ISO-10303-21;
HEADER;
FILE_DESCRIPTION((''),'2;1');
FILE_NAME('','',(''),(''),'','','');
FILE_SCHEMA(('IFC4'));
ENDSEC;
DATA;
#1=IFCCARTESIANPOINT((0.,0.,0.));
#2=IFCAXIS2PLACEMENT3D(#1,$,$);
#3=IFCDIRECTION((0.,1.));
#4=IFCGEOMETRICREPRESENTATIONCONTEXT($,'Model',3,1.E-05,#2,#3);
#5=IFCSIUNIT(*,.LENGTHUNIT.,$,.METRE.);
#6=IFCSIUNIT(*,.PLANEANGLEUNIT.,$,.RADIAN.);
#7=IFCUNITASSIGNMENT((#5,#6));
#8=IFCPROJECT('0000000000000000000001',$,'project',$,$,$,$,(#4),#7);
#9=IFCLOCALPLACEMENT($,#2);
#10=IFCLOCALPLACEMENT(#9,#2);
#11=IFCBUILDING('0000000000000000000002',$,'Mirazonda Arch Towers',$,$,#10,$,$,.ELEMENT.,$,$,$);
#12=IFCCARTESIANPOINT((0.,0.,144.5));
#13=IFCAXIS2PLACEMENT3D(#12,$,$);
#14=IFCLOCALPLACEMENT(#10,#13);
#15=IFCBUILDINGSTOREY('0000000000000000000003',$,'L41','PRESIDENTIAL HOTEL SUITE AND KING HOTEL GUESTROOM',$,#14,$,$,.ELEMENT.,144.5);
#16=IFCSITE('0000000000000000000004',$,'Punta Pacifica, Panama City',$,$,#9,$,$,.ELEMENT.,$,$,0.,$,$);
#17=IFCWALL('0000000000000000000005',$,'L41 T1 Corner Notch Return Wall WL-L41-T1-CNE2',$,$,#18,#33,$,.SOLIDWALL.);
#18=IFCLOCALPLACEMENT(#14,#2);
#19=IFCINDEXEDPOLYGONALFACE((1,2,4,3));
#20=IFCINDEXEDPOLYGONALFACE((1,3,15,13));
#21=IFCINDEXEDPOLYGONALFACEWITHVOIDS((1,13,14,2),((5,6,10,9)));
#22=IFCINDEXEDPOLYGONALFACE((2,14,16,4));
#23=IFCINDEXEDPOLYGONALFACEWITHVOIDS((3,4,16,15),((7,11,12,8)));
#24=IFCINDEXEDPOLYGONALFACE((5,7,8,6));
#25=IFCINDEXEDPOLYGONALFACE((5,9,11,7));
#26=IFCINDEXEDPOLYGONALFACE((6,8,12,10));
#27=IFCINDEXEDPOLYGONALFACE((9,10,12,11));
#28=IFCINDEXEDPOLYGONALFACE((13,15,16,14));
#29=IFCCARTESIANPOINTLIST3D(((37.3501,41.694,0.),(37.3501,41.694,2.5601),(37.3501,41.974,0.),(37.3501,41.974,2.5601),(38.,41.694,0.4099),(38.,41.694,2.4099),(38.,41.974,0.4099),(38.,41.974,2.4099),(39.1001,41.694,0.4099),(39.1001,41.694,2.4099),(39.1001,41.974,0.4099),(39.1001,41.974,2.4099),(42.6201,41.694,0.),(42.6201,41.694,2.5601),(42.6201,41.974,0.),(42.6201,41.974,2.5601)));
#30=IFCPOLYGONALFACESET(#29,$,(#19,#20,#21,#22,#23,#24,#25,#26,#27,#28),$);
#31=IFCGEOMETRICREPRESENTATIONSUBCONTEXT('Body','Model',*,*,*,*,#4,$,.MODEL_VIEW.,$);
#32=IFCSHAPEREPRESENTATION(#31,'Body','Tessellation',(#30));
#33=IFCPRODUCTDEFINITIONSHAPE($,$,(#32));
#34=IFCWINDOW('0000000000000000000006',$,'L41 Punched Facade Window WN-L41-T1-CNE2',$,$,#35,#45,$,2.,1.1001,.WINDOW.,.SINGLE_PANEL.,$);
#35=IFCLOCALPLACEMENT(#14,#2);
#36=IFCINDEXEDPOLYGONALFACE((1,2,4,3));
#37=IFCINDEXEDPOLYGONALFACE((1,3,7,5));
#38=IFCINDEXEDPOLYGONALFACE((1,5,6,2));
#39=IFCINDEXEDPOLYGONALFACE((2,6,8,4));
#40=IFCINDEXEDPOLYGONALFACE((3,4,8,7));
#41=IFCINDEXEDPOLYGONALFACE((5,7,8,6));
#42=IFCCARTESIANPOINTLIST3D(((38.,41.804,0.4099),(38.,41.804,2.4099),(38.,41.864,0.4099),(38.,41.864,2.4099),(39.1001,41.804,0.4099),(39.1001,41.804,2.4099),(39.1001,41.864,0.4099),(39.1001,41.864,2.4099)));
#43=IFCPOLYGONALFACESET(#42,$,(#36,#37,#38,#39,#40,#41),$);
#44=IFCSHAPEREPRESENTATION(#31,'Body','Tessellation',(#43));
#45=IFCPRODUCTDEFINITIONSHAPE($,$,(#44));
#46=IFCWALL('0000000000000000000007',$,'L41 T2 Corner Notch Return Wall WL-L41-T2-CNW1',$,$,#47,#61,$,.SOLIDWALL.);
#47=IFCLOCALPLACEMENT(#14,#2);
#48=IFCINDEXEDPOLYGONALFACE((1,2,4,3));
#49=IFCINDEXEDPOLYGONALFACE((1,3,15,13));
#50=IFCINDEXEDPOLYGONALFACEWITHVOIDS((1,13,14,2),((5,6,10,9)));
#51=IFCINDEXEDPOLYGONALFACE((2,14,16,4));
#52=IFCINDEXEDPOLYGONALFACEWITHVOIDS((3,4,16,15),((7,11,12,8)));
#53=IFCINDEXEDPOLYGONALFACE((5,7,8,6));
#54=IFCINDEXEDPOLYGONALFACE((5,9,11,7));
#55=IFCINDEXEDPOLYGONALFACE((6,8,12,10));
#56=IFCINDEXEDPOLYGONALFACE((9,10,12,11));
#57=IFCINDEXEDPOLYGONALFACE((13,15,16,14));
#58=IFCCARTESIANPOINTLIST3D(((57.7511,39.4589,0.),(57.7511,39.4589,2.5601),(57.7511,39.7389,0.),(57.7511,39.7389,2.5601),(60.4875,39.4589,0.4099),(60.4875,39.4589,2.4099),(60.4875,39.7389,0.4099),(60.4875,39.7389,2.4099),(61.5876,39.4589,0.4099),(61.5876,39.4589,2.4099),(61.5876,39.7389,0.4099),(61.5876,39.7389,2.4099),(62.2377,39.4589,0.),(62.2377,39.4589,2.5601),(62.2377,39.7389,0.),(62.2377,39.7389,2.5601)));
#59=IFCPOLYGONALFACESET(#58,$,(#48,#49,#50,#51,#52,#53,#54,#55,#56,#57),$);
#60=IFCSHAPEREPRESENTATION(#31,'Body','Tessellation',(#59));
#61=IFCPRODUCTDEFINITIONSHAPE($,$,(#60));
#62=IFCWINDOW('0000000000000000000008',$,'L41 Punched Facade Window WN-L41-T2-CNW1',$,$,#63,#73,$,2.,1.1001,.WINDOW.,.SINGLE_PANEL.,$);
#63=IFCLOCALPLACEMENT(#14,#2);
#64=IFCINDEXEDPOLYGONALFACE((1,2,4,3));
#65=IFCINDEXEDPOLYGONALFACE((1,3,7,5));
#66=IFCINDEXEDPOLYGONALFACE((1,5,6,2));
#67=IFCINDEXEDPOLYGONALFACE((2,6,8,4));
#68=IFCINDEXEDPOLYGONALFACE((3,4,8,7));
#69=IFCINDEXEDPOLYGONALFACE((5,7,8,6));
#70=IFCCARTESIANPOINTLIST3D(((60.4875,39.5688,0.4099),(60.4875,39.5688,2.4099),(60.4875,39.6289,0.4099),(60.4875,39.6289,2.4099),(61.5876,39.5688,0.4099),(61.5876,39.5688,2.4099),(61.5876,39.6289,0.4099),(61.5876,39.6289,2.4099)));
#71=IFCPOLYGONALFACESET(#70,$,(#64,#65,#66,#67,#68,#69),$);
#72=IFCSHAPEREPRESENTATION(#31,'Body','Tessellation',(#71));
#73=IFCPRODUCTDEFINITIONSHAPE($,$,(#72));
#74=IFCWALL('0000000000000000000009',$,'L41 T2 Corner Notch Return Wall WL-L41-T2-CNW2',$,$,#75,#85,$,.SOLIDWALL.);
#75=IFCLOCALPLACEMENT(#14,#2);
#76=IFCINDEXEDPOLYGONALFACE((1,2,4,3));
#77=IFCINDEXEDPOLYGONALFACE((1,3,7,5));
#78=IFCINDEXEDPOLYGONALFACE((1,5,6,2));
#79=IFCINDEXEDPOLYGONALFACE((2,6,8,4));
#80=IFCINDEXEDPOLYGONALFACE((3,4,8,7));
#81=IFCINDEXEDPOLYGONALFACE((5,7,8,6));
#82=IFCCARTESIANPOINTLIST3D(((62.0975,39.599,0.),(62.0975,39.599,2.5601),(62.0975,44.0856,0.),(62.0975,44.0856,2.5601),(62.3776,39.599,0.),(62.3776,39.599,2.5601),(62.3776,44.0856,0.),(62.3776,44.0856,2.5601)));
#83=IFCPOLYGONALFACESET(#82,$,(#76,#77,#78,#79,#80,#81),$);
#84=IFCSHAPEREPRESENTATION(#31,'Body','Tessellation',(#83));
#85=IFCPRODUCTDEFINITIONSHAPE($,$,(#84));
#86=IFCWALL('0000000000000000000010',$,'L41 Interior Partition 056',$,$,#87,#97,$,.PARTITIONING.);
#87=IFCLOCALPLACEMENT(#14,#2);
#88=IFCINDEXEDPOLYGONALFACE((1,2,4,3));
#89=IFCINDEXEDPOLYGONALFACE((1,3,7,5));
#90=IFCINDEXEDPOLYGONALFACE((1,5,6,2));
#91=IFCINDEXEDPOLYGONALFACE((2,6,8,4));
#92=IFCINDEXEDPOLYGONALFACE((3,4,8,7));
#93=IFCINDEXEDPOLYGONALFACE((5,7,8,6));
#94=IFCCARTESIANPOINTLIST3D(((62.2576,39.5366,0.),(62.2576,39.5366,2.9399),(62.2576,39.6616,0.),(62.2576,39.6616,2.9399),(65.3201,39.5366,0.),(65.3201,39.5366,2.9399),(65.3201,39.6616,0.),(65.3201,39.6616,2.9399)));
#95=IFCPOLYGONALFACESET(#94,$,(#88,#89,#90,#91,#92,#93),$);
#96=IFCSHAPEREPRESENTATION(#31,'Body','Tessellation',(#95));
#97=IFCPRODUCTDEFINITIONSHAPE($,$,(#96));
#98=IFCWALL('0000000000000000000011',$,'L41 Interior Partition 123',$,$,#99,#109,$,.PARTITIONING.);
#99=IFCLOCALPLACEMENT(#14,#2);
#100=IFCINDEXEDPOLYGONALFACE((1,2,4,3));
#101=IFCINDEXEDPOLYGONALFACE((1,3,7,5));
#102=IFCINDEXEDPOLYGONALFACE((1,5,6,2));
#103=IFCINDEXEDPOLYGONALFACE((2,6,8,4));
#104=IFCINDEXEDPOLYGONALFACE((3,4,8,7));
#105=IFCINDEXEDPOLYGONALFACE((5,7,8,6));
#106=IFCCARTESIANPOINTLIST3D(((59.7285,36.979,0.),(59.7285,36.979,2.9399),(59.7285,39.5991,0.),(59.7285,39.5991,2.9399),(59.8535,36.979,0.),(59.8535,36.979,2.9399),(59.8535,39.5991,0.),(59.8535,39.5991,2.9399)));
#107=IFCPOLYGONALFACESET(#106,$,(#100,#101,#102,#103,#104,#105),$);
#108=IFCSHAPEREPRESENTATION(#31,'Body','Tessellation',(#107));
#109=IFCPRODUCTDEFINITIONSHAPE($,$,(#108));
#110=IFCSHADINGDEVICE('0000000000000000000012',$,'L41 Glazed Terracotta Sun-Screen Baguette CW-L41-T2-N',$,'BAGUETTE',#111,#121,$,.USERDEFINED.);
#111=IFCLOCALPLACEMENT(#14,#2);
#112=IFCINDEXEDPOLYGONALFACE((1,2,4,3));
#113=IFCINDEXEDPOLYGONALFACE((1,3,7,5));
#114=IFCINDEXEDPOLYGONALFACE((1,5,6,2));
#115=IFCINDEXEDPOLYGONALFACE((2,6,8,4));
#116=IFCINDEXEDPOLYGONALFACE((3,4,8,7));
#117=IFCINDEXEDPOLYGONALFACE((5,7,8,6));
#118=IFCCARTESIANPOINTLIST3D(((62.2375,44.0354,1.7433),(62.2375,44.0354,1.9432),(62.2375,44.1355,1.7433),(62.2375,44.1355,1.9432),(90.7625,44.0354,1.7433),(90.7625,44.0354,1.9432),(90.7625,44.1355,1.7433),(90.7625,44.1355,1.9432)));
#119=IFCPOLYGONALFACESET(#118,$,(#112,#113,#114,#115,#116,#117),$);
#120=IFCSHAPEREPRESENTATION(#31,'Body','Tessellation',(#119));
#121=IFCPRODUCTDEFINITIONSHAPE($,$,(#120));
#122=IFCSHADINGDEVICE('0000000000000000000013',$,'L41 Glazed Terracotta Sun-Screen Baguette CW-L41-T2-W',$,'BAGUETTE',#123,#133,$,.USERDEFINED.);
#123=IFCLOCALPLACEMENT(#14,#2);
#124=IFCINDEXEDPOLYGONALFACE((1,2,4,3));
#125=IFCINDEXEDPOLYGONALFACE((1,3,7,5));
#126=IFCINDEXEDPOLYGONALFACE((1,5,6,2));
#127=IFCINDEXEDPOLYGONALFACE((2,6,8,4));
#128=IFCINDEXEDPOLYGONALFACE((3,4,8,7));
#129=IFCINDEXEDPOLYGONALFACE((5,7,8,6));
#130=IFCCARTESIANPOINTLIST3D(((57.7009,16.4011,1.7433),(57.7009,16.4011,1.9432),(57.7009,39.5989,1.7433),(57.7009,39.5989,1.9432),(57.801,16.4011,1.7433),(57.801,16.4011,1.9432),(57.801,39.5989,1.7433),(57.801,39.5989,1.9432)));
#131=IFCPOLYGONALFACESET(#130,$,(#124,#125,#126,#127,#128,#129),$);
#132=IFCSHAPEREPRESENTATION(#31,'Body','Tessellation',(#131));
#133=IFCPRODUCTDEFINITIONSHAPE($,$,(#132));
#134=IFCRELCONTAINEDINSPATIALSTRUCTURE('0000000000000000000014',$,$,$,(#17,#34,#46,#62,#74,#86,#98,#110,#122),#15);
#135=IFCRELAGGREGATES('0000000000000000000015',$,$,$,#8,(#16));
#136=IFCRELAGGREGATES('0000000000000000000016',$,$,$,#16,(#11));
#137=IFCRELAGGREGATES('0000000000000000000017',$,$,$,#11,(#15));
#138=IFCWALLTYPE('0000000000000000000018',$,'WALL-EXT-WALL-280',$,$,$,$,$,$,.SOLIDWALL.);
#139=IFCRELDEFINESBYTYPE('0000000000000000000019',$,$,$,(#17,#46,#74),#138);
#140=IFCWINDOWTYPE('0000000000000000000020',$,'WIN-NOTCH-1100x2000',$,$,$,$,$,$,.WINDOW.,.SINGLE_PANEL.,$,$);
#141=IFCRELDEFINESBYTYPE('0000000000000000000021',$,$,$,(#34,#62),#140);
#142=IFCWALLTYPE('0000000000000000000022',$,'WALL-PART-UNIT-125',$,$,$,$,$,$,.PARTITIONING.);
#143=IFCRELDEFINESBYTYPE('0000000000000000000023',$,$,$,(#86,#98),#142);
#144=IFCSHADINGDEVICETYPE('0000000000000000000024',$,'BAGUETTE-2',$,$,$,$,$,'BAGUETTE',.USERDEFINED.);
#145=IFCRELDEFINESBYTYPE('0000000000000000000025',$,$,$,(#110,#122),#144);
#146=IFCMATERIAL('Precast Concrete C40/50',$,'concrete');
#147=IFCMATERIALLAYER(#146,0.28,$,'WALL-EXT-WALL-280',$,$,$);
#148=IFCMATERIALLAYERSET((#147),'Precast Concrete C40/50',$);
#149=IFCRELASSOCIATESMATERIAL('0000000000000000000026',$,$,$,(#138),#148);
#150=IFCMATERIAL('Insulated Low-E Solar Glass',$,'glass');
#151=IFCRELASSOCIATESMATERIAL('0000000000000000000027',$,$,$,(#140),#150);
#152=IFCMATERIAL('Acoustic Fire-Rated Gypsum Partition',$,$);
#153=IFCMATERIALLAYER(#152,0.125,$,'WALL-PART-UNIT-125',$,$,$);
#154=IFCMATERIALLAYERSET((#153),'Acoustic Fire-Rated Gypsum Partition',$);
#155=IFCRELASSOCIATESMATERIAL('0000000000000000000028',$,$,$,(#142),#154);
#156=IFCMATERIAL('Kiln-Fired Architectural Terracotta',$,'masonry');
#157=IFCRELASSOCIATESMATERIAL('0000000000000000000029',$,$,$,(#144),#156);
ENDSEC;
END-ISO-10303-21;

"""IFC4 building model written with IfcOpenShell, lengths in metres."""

from ifc_helpers import new_model, si_unit, direction, frame, frame_2d, origin, origin_2d, place, context, subcontext, project, spatial, rectangle, extrude, material, layer, layer_set, material_profile, profile_set, type_object, element, fill, save


model = new_model("IFC4")

# Units and contexts
model_context = context("Model", 3, precision=1e-05, world=origin(), true_north=direction((0.0, 1.0)))
body_context = subcontext(model_context, "Body", "Model", "MODEL_VIEW")
ifc_project = project(units=[si_unit("LENGTHUNIT", "METRE"), si_unit("PLANEANGLEUNIT", "RADIAN")], contexts=[model_context])

# Site, building, storey
site_placement = place(None, origin())
site = spatial("IfcSite", under=ifc_project, at=site_placement, Name="Punta Pacifica, Panama City", CompositionType="ELEMENT", RefElevation=0.0)
building_placement = place(site_placement, origin())
building = spatial("IfcBuilding", under=site, at=building_placement, Name="Mirazonda Arch Towers", CompositionType="ELEMENT")
storey_placement = place(building_placement, frame((0.0, 0.0, 144.5)))
storey = spatial("IfcBuildingStorey", under=building, at=storey_placement, Name="L41", Description="PRESIDENTIAL HOTEL SUITE AND KING HOTEL GUESTROOM", CompositionType="ELEMENT", Elevation=144.5)

# Shared definitions
ifc_material_1 = material(Name="Insulated Low-E Solar Glass", Category="glass")

# Walls, openings, windows
ifc_material_2 = material(Name="Precast Concrete C40/50", Category="concrete")
ifc_layer_1 = layer(ifc_material_2, 0.28, Name="WALL-EXT-WALL-280")
ifc_layer_set_1 = layer_set([ifc_layer_1], Name="Precast Concrete C40/50")
wall_type_1 = type_object("IfcWallType", Name="WALL-EXT-WALL-280", PredefinedType="SOLIDWALL", material=ifc_layer_set_1)
window_type = type_object("IfcWindowType", Name="WIN-NOTCH-1100x2000", PartitioningType="SINGLE_PANEL", PredefinedType="WINDOW", material=ifc_material_1)
wall_1_placement = place(storey_placement, frame((42.6201, 41.834, 0.0), z_axis=(0.0, 0.0, 1.0), x_axis=(-1.0, 0.0, 0.0)))
wall_1 = element("IfcWall", 1, at=wall_1_placement, inside=storey, type_object=wall_type_1, Name="L41 T1 Corner Notch Return Wall WL-L41-T1-CNE2", PredefinedType="SOLIDWALL", context=body_context, shape_type="SweptSolid", body=[
    extrude(rectangle(XDim=5.27, YDim=0.28, at=frame_2d((2.635, 0.0))), origin(), (0.0, 0.0, 1.0), 2.5601),
])
opening_1_placement = place(wall_1_placement, frame((3.52, 0.0, 0.4099)))
opening_1 = element("IfcOpeningElement", 2, at=opening_1_placement, cuts=wall_1, PredefinedType="OPENING", context=body_context, shape_type="SweptSolid", body=[
    extrude(rectangle(XDim=1.1001, YDim=2.0, at=frame_2d((0.55, 1.0))), frame((0.0, 0.1499, 0.0), z_axis=(0.0, -1.0, 0.0), x_axis=(1.0, 0.0, 0.0)), (0.0, 0.0, 1.0), 0.3),
])
window_1_placement = place(opening_1_placement, origin())
window_1 = element("IfcWindow", 3, at=window_1_placement, inside=storey, type_object=window_type, Name="L41 Punched Facade Window WN-L41-T1-CNE2", OverallHeight=2.0, OverallWidth=1.1001, PartitioningType="SINGLE_PANEL", PredefinedType="WINDOW", context=body_context, shape_type="SweptSolid", body=[
    extrude(rectangle(XDim=1.1001, YDim=2.0, at=frame_2d((0.55, 1.0))), frame((0.0, 0.03, 0.0), z_axis=(0.0, -1.0, 0.0), x_axis=(1.0, 0.0, 0.0)), (0.0, 0.0, 1.0), 0.0601),
])
fill(opening_1, window_1)
wall_2_placement = place(storey_placement, frame((62.2375, 39.5989, 0.0), z_axis=(0.0, 0.0, 1.0), x_axis=(-1.0, 0.0, 0.0)))
wall_2 = element("IfcWall", 4, at=wall_2_placement, inside=storey, type_object=wall_type_1, Name="L41 T2 Corner Notch Return Wall WL-L41-T2-CNW1", PredefinedType="SOLIDWALL", context=body_context, shape_type="SweptSolid", body=[
    extrude(rectangle(XDim=4.4866, YDim=0.28, at=frame_2d((2.2432, 0.0))), origin(), (0.0, 0.0, 1.0), 2.5601),
])
opening_2_placement = place(wall_2_placement, frame((0.6499, 0.0, 0.4099)))
opening_2 = element("IfcOpeningElement", 5, at=opening_2_placement, cuts=wall_2, PredefinedType="OPENING", context=body_context, shape_type="SweptSolid", body=[
    extrude(rectangle(XDim=1.1001, YDim=2.0, at=frame_2d((0.55, 1.0))), frame((0.0, 0.1499, 0.0), z_axis=(0.0, -1.0, 0.0), x_axis=(1.0, 0.0, 0.0)), (0.0, 0.0, 1.0), 0.3),
])
window_2_placement = place(opening_2_placement, origin())
window_2 = element("IfcWindow", 6, at=window_2_placement, inside=storey, type_object=window_type, Name="L41 Punched Facade Window WN-L41-T2-CNW1", OverallHeight=2.0, OverallWidth=1.1001, PartitioningType="SINGLE_PANEL", PredefinedType="WINDOW", context=body_context, shape_type="SweptSolid", body=[
    extrude(rectangle(XDim=1.1001, YDim=2.0, at=frame_2d((0.55, 1.0))), frame((0.0, 0.03, 0.0), z_axis=(0.0, -1.0, 0.0), x_axis=(1.0, 0.0, 0.0)), (0.0, 0.0, 1.0), 0.0601),
])
fill(opening_2, window_2)

# Wall
wall_3_placement = place(storey_placement, frame((62.2375, 44.0854, 0.0), z_axis=(0.0, 0.0, 1.0), x_axis=(0.0, -1.0, 0.0)))
element("IfcWall", 7, at=wall_3_placement, inside=storey, type_object=wall_type_1, Name="L41 T2 Corner Notch Return Wall WL-L41-T2-CNW2", PredefinedType="SOLIDWALL", context=body_context, shape_type="SweptSolid", body=[
    extrude(rectangle(XDim=4.4866, YDim=0.28, at=frame_2d((2.2432, 0.0))), origin(), (0.0, 0.0, 1.0), 2.5601),
])

# Walls
ifc_material_3 = material(Name="Acoustic Fire-Rated Gypsum Partition")
ifc_layer_2 = layer(ifc_material_3, 0.125, Name="WALL-PART-UNIT-125")
ifc_layer_set_2 = layer_set([ifc_layer_2], Name="Acoustic Fire-Rated Gypsum Partition")
wall_type_2 = type_object("IfcWallType", Name="WALL-PART-UNIT-125", PredefinedType="PARTITIONING", material=ifc_layer_set_2)
wall_4_placement = place(storey_placement, frame((62.2576, 39.5991, 0.0), z_axis=(0.0, 0.0, 1.0), x_axis=(1.0, 0.0, 0.0)))
element("IfcWall", 8, at=wall_4_placement, inside=storey, type_object=wall_type_2, Name="L41 Interior Partition 056", PredefinedType="PARTITIONING", context=body_context, shape_type="SweptSolid", body=[
    extrude(rectangle(XDim=3.0625, YDim=0.125, at=frame_2d((1.5312, 0.0))), origin(), (0.0, 0.0, 1.0), 2.9399),
])
wall_5_placement = place(storey_placement, frame((59.791, 36.979, 0.0), z_axis=(0.0, 0.0, 1.0), x_axis=(0.0, 1.0, 0.0)))
element("IfcWall", 9, at=wall_5_placement, inside=storey, type_object=wall_type_2, Name="L41 Interior Partition 123", PredefinedType="PARTITIONING", context=body_context, shape_type="SweptSolid", body=[
    extrude(rectangle(XDim=2.6201, YDim=0.125, at=frame_2d((1.3101, 0.0))), origin(), (0.0, 0.0, 1.0), 2.9399),
])

# Shading devices
ifc_material_4 = material(Name="Kiln-Fired Architectural Terracotta", Category="masonry")
ifc_material_profile_1 = material_profile(ifc_material_4, rectangle(XDim=0.1001, YDim=0.2, at=origin_2d()), Name="TERRA-BAG-100x200")
ifc_profile_set_1 = profile_set([ifc_material_profile_1], Name="Kiln-Fired Architectural Terracotta")
shading_device_type = type_object("IfcShadingDeviceType", Name="BAGUETTE-2", ElementType="BAGUETTE", PredefinedType="USERDEFINED", material=ifc_profile_set_1)
shading_device_1_placement = place(storey_placement, frame((62.2375, 44.0854, 1.8433), z_axis=(1.0, 0.0, 0.0), x_axis=(0.0, 1.0, 0.0)))
element("IfcShadingDevice", 10, at=shading_device_1_placement, inside=storey, type_object=shading_device_type, Name="L41 Glazed Terracotta Sun-Screen Baguette CW-L41-T2-N", ObjectType="BAGUETTE", PredefinedType="USERDEFINED", context=body_context, shape_type="SweptSolid", body=[
    extrude(rectangle(XDim=0.1001, YDim=0.2, at=origin_2d()), origin(), (0.0, 0.0, 1.0), 28.5249),
])
shading_device_2_placement = place(storey_placement, frame((57.751, 39.5989, 1.8433), z_axis=(0.0, -1.0, 0.0), x_axis=(1.0, 0.0, 0.0)))
element("IfcShadingDevice", 11, at=shading_device_2_placement, inside=storey, type_object=shading_device_type, Name="L41 Glazed Terracotta Sun-Screen Baguette CW-L41-T2-W", ObjectType="BAGUETTE", PredefinedType="USERDEFINED", context=body_context, shape_type="SweptSolid", body=[
    extrude(rectangle(XDim=0.1001, YDim=0.2, at=origin_2d()), origin(), (0.0, 0.0, 1.0), 23.1978),
])

save(model, "model.ifc")
